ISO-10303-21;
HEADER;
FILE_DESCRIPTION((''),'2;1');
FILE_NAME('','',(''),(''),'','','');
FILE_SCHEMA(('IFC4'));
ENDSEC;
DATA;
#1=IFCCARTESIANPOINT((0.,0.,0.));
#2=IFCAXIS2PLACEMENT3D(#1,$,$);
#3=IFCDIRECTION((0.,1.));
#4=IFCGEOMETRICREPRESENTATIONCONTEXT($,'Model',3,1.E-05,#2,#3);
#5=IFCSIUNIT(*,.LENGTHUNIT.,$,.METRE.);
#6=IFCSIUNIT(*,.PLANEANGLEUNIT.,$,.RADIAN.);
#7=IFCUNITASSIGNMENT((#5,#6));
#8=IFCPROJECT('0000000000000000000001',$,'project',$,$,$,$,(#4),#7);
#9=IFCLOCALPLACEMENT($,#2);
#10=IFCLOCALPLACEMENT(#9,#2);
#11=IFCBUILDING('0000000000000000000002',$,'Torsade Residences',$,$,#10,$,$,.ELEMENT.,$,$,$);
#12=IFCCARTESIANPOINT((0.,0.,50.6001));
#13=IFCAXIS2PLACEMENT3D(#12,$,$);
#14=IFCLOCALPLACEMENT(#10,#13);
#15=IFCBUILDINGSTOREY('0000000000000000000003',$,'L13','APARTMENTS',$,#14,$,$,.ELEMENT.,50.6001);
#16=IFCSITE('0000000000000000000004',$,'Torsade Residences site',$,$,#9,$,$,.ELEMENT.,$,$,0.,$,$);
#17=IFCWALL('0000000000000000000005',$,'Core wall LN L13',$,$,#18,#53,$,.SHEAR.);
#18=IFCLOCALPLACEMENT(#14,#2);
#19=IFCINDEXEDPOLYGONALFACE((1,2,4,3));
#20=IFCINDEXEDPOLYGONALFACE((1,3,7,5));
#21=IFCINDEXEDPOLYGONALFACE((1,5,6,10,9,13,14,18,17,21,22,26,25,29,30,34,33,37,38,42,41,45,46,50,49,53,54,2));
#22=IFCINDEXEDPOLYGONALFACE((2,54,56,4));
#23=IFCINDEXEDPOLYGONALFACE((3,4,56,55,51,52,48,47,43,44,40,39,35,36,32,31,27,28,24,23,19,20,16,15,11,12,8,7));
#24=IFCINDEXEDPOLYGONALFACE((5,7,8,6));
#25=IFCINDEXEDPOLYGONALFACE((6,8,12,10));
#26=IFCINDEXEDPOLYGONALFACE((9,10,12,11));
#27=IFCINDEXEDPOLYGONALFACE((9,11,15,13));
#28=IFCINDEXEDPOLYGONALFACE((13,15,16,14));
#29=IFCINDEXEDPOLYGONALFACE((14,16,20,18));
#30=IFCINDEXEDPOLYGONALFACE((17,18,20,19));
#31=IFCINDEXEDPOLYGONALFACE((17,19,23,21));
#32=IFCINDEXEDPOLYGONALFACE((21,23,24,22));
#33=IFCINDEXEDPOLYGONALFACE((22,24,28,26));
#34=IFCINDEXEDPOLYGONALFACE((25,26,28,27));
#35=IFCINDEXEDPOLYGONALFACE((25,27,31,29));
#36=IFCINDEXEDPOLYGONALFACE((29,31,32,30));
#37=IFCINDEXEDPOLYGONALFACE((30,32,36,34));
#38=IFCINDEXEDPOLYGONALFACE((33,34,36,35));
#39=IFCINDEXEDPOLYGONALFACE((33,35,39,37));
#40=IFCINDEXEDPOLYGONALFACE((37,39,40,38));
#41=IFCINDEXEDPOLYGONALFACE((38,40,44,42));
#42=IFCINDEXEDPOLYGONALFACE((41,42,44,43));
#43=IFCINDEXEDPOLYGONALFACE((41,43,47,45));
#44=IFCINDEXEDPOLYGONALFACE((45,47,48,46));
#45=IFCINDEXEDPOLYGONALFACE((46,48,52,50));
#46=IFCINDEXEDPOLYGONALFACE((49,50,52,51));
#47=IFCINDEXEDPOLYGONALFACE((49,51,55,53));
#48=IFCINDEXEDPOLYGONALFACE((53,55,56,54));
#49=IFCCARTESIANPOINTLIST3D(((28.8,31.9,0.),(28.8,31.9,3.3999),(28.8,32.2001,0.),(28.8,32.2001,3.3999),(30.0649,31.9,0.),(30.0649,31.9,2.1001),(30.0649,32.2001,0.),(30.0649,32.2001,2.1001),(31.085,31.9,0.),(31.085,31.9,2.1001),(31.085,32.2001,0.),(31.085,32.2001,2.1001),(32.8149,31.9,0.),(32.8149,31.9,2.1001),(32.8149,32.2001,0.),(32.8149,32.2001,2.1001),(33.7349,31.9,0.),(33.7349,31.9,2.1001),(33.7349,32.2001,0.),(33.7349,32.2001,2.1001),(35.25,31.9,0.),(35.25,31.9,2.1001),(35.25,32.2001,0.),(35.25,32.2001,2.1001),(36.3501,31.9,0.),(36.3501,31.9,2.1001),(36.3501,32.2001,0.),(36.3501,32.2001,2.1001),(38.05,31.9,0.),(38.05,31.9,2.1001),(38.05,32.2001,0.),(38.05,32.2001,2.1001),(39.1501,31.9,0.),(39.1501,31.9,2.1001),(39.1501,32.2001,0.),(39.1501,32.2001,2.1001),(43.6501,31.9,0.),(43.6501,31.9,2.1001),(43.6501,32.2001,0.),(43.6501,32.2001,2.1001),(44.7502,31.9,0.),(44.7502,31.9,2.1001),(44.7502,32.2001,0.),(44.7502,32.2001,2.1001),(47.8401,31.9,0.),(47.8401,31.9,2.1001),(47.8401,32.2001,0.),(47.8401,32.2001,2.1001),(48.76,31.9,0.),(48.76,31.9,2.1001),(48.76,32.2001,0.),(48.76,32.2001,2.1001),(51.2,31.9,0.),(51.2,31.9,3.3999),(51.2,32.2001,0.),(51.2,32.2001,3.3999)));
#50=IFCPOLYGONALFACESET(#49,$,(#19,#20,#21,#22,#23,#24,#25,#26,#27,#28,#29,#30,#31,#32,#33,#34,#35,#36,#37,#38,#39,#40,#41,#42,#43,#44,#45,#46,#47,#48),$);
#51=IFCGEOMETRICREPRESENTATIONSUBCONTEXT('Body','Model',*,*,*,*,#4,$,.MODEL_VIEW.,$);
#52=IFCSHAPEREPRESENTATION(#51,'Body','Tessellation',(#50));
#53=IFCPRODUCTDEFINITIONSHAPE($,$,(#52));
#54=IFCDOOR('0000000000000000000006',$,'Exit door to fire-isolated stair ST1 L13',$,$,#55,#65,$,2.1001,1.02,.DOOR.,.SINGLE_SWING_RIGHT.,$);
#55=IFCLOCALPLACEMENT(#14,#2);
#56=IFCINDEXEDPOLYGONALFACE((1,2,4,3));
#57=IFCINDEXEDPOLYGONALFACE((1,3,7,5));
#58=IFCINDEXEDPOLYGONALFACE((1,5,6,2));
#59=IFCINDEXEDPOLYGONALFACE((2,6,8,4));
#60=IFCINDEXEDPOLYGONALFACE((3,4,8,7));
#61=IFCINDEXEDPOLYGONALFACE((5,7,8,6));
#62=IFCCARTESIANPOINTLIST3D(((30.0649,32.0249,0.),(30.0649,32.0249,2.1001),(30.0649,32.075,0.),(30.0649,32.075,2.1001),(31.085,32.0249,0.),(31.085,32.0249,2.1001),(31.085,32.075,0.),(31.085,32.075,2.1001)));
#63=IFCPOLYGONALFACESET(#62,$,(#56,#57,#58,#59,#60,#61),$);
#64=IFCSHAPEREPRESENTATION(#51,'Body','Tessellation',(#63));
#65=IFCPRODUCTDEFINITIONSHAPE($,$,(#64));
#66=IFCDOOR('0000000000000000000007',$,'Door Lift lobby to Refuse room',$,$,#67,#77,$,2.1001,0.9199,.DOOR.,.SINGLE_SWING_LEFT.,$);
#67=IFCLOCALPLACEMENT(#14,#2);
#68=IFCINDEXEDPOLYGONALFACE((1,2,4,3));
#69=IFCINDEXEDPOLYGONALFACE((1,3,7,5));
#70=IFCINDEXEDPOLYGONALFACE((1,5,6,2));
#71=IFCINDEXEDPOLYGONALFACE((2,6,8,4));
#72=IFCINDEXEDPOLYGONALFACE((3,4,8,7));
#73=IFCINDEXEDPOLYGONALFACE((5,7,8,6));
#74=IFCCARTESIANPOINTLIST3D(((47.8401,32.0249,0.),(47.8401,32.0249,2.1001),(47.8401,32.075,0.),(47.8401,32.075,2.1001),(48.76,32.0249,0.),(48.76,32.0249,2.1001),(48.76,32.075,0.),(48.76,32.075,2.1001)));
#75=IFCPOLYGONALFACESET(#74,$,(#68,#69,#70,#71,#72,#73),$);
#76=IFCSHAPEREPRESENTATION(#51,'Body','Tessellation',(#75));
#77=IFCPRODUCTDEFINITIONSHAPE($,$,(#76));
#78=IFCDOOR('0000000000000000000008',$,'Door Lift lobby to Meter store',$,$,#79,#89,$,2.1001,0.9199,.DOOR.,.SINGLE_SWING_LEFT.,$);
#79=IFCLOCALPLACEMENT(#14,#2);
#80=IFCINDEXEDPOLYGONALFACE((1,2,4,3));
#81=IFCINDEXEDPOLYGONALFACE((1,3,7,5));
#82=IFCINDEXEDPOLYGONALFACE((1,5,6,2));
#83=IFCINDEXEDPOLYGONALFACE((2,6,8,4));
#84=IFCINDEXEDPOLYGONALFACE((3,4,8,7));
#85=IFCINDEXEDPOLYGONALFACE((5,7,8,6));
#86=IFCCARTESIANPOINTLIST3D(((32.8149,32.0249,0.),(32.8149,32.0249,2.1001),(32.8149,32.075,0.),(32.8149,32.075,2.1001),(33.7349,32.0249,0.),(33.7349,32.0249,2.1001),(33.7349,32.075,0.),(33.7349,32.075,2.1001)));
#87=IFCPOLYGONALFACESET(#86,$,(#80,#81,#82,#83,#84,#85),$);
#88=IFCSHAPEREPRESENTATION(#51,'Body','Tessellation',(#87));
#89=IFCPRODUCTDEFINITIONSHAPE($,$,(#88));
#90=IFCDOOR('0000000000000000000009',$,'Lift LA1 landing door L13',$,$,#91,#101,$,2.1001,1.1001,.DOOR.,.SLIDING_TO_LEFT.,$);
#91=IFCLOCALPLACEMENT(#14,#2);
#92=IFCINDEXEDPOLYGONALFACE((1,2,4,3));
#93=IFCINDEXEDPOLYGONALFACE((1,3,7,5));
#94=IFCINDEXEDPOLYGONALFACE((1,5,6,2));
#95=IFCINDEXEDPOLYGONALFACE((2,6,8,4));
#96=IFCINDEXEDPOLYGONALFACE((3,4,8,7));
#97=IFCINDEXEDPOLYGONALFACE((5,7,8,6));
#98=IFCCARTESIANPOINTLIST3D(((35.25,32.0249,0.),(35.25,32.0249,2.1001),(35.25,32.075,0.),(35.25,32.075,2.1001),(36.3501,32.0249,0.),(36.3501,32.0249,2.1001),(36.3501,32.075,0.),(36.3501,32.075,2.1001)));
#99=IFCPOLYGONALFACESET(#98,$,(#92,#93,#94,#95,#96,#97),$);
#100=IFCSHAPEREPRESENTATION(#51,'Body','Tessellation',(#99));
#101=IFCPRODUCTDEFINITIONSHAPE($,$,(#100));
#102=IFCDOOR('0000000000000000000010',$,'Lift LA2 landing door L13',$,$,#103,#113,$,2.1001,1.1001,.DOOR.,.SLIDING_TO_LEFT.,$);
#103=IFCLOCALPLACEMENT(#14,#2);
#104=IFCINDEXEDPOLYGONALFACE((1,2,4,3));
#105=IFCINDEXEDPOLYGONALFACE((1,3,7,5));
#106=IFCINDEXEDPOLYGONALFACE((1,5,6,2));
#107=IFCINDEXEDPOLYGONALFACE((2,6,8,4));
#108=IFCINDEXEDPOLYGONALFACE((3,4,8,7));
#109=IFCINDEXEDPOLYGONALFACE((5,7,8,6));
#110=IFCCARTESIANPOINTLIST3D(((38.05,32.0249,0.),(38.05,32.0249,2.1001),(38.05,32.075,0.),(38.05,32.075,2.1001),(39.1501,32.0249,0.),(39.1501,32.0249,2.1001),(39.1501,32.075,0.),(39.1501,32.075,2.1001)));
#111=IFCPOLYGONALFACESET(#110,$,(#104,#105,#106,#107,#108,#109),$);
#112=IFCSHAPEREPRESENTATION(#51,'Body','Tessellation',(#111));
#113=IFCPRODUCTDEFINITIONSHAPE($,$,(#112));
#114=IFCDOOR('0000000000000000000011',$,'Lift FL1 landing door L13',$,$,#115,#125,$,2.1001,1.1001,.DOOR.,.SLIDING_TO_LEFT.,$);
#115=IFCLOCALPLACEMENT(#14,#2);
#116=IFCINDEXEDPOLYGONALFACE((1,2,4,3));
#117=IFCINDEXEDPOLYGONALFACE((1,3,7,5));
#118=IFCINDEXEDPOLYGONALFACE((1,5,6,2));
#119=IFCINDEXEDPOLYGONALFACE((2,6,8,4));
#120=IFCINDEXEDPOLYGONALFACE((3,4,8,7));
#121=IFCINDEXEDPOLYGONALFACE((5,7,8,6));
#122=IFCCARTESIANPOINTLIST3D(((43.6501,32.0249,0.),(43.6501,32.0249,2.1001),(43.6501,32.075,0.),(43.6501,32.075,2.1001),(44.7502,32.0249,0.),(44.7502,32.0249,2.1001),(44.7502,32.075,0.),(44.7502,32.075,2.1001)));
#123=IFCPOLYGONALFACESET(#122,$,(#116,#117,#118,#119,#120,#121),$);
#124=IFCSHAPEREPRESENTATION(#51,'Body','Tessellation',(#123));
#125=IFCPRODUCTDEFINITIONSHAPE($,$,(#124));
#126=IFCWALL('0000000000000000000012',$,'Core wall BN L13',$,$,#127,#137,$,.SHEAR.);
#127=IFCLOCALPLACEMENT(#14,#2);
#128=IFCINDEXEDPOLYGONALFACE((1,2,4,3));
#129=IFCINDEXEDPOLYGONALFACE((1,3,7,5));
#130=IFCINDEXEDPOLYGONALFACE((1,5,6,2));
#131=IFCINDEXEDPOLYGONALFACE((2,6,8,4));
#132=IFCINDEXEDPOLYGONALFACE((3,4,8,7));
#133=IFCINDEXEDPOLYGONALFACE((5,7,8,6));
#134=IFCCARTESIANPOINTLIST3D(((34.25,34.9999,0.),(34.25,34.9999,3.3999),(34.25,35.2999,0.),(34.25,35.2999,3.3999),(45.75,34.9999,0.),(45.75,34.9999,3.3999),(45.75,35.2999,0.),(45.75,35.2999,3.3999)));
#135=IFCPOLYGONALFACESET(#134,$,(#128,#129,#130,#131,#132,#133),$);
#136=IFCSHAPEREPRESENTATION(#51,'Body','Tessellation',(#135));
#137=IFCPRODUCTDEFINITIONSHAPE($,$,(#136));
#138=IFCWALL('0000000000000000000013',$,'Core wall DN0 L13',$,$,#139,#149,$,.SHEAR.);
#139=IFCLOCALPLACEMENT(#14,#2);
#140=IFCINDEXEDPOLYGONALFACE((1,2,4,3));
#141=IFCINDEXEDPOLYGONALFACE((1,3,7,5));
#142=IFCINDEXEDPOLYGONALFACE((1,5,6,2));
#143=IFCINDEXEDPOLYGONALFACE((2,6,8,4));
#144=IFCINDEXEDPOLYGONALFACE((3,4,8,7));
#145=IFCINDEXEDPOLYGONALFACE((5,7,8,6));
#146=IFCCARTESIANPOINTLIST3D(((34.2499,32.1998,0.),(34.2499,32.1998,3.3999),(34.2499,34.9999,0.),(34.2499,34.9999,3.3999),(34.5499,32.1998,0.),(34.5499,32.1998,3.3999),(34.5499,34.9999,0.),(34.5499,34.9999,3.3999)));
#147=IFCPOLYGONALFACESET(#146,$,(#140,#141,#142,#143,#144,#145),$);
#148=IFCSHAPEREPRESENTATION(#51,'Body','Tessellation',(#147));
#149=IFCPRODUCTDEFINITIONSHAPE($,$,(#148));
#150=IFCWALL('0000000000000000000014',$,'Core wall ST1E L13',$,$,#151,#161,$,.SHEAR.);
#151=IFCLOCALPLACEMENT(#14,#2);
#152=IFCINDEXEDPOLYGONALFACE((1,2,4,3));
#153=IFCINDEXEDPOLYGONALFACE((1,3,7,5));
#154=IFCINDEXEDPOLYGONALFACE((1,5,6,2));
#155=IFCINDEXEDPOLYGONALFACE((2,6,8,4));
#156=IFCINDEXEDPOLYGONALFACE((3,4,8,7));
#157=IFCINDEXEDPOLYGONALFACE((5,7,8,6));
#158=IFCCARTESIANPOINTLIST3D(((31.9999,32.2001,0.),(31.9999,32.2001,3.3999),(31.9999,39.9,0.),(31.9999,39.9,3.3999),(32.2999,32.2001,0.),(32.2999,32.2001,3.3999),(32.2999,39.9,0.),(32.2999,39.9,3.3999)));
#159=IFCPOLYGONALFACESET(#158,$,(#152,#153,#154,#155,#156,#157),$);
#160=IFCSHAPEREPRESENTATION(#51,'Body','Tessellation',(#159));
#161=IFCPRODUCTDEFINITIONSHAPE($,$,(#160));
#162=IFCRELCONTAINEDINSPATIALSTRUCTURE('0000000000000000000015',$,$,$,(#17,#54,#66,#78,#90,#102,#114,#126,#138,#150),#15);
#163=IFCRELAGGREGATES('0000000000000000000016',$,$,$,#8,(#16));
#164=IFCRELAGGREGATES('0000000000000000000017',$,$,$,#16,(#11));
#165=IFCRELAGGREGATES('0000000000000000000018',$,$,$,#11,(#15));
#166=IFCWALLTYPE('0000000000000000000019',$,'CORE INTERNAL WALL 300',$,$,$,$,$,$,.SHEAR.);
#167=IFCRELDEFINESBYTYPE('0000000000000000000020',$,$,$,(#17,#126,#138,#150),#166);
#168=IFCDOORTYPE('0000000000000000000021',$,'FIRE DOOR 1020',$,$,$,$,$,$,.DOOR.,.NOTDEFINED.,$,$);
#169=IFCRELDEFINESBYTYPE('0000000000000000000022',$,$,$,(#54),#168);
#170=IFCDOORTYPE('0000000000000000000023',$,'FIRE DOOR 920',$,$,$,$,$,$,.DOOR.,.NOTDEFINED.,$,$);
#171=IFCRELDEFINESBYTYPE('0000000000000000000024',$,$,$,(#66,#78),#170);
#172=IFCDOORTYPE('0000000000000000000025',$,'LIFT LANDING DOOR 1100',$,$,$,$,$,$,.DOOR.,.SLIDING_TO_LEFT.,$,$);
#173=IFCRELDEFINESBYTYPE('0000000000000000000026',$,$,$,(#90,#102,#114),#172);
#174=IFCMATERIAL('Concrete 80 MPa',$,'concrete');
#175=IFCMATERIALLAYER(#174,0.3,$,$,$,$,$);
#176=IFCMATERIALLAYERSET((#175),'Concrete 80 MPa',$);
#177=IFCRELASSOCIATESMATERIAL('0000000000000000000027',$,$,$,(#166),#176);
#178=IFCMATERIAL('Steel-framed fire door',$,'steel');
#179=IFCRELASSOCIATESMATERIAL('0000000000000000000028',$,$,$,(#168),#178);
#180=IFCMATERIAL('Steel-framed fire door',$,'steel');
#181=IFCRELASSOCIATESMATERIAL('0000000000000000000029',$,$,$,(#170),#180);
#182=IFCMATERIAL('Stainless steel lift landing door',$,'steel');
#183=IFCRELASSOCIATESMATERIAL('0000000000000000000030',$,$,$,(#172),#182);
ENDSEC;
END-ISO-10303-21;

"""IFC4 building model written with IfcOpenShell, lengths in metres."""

from ifc_helpers import new_model, si_unit, direction, frame, frame_2d, origin, place, context, subcontext, project, spatial, rectangle, extrude, material, layer, layer_set, type_object, element, fill, save


model = new_model("IFC4")

# Units and contexts
model_context = context("Model", 3, precision=1e-05, world=origin(), true_north=direction((0.0, 1.0)))
body_context = subcontext(model_context, "Body", "Model", "MODEL_VIEW")
ifc_project = project(units=[si_unit("LENGTHUNIT", "METRE"), si_unit("PLANEANGLEUNIT", "RADIAN")], contexts=[model_context])

# Site, building, storey
site_placement = place(None, origin())
site = spatial("IfcSite", under=ifc_project, at=site_placement, Name="Torsade Residences site", CompositionType="ELEMENT", RefElevation=0.0)
building_placement = place(site_placement, origin())
building = spatial("IfcBuilding", under=site, at=building_placement, Name="Torsade Residences", CompositionType="ELEMENT")
storey_placement = place(building_placement, frame((0.0, 0.0, 50.6001)))
storey = spatial("IfcBuildingStorey", under=building, at=storey_placement, Name="L13", Description="APARTMENTS", CompositionType="ELEMENT", Elevation=50.6001)

# Wall, openings, doors
ifc_material_1 = material(Name="Concrete 80 MPa", Category="concrete")
ifc_layer_1 = layer(ifc_material_1, 0.3)
ifc_layer_set_1 = layer_set([ifc_layer_1], Name="Concrete 80 MPa")
wall_type_1 = type_object("IfcWallType", Name="CORE INTERNAL WALL 300", PredefinedType="SHEAR", material=ifc_layer_set_1)
wall_1_placement = place(storey_placement, frame((28.8, 32.05, 0.0), z_axis=(0.0, 0.0, 1.0), x_axis=(1.0, 0.0, 0.0)))
wall_1 = element("IfcWall", 1, at=wall_1_placement, inside=storey, type_object=wall_type_1, Name="Core wall LN L13", PredefinedType="SHEAR", context=body_context, shape_type="SweptSolid", body=[
    extrude(rectangle(XDim=22.3999, YDim=0.3, at=frame_2d((11.2, 0.0))), origin(), (0.0, 0.0, 1.0), 3.3999),
])
opening_1_placement = place(wall_1_placement, frame((19.04, 0.0, 0.0)))
opening_1 = element("IfcOpeningElement", 2, at=opening_1_placement, cuts=wall_1, PredefinedType="OPENING", context=body_context, shape_type="SweptSolid", body=[
    extrude(rectangle(XDim=0.9199, YDim=2.1001, at=frame_2d((0.46, 1.05))), frame((0.0, 0.1599, 0.0), z_axis=(0.0, -1.0, 0.0), x_axis=(1.0, 0.0, 0.0)), (0.0, 0.0, 1.0), 0.3201),
])
opening_2_placement = place(wall_1_placement, frame((1.2649, 0.0, 0.0)))
opening_2 = element("IfcOpeningElement", 3, at=opening_2_placement, cuts=wall_1, PredefinedType="OPENING", context=body_context, shape_type="SweptSolid", body=[
    extrude(rectangle(XDim=1.02, YDim=2.1001, at=frame_2d((0.51, 1.05))), frame((0.0, 0.1599, 0.0), z_axis=(0.0, -1.0, 0.0), x_axis=(1.0, 0.0, 0.0)), (0.0, 0.0, 1.0), 0.3201),
])
opening_3_placement = place(wall_1_placement, frame((4.0149, 0.0, 0.0)))
opening_3 = element("IfcOpeningElement", 4, at=opening_3_placement, cuts=wall_1, PredefinedType="OPENING", context=body_context, shape_type="SweptSolid", body=[
    extrude(rectangle(XDim=0.9199, YDim=2.1001, at=frame_2d((0.46, 1.05))), frame((0.0, 0.1599, 0.0), z_axis=(0.0, -1.0, 0.0), x_axis=(1.0, 0.0, 0.0)), (0.0, 0.0, 1.0), 0.3201),
])
opening_4_placement = place(wall_1_placement, frame((6.45, 0.0, 0.0)))
opening_4 = element("IfcOpeningElement", 5, at=opening_4_placement, cuts=wall_1, PredefinedType="OPENING", context=body_context, shape_type="SweptSolid", body=[
    extrude(rectangle(XDim=1.1001, YDim=2.1001, at=frame_2d((0.55, 1.05))), frame((0.0, 0.1599, 0.0), z_axis=(0.0, -1.0, 0.0), x_axis=(1.0, 0.0, 0.0)), (0.0, 0.0, 1.0), 0.3201),
])
opening_5_placement = place(wall_1_placement, frame((9.25, 0.0, 0.0)))
opening_5 = element("IfcOpeningElement", 6, at=opening_5_placement, cuts=wall_1, PredefinedType="OPENING", context=body_context, shape_type="SweptSolid", body=[
    extrude(rectangle(XDim=1.1001, YDim=2.1001, at=frame_2d((0.55, 1.05))), frame((0.0, 0.1599, 0.0), z_axis=(0.0, -1.0, 0.0), x_axis=(1.0, 0.0, 0.0)), (0.0, 0.0, 1.0), 0.3201),
])
opening_6_placement = place(wall_1_placement, frame((14.8501, 0.0, 0.0)))
opening_6 = element("IfcOpeningElement", 7, at=opening_6_placement, cuts=wall_1, PredefinedType="OPENING", context=body_context, shape_type="SweptSolid", body=[
    extrude(rectangle(XDim=1.1001, YDim=2.1001, at=frame_2d((0.55, 1.05))), frame((0.0, 0.1599, 0.0), z_axis=(0.0, -1.0, 0.0), x_axis=(1.0, 0.0, 0.0)), (0.0, 0.0, 1.0), 0.3201),
])
ifc_material_2 = material(Name="Steel-framed fire door", Category="steel")
door_type_1 = type_object("IfcDoorType", Name="FIRE DOOR 1020", OperationType="NOTDEFINED", PredefinedType="DOOR", material=ifc_material_2)
door_1_placement = place(opening_2_placement, origin())
door_1 = element("IfcDoor", 8, at=door_1_placement, inside=storey, type_object=door_type_1, Name="Exit door to fire-isolated stair ST1 L13", OperationType="SINGLE_SWING_RIGHT", OverallHeight=2.1001, OverallWidth=1.02, PredefinedType="DOOR", context=body_context, shape_type="SweptSolid", body=[
    extrude(rectangle(XDim=1.02, YDim=2.1001, at=frame_2d((0.51, 1.05))), frame((0.0, 0.0249, 0.0), z_axis=(0.0, -1.0, 0.0), x_axis=(1.0, 0.0, 0.0)), (0.0, 0.0, 1.0), 0.05),
])
fill(opening_2, door_1)
ifc_material_3 = material(Name="Steel-framed fire door", Category="steel")
door_type_2 = type_object("IfcDoorType", Name="FIRE DOOR 920", OperationType="NOTDEFINED", PredefinedType="DOOR", material=ifc_material_3)
door_2_placement = place(opening_1_placement, origin())
door_2 = element("IfcDoor", 9, at=door_2_placement, inside=storey, type_object=door_type_2, Name="Door Lift lobby to Refuse room", OperationType="SINGLE_SWING_LEFT", OverallHeight=2.1001, OverallWidth=0.9199, PredefinedType="DOOR", context=body_context, shape_type="SweptSolid", body=[
    extrude(rectangle(XDim=0.9199, YDim=2.1001, at=frame_2d((0.46, 1.05))), frame((0.0, 0.0249, 0.0), z_axis=(0.0, -1.0, 0.0), x_axis=(1.0, 0.0, 0.0)), (0.0, 0.0, 1.0), 0.05),
])
fill(opening_1, door_2)
door_3_placement = place(opening_3_placement, origin())
door_3 = element("IfcDoor", 10, at=door_3_placement, inside=storey, type_object=door_type_2, Name="Door Lift lobby to Meter store", OperationType="SINGLE_SWING_LEFT", OverallHeight=2.1001, OverallWidth=0.9199, PredefinedType="DOOR", context=body_context, shape_type="SweptSolid", body=[
    extrude(rectangle(XDim=0.9199, YDim=2.1001, at=frame_2d((0.46, 1.05))), frame((0.0, 0.0249, 0.0), z_axis=(0.0, -1.0, 0.0), x_axis=(1.0, 0.0, 0.0)), (0.0, 0.0, 1.0), 0.05),
])
fill(opening_3, door_3)
ifc_material_4 = material(Name="Stainless steel lift landing door", Category="steel")
door_type_3 = type_object("IfcDoorType", Name="LIFT LANDING DOOR 1100", OperationType="SLIDING_TO_LEFT", PredefinedType="DOOR", material=ifc_material_4)
door_4_placement = place(opening_4_placement, origin())
door_4 = element("IfcDoor", 11, at=door_4_placement, inside=storey, type_object=door_type_3, Name="Lift LA1 landing door L13", OperationType="SLIDING_TO_LEFT", OverallHeight=2.1001, OverallWidth=1.1001, PredefinedType="DOOR", context=body_context, shape_type="SweptSolid", body=[
    extrude(rectangle(XDim=1.1001, YDim=2.1001, at=frame_2d((0.55, 1.05))), frame((0.0, 0.0249, 0.0), z_axis=(0.0, -1.0, 0.0), x_axis=(1.0, 0.0, 0.0)), (0.0, 0.0, 1.0), 0.05),
])
fill(opening_4, door_4)
door_5_placement = place(opening_5_placement, origin())
door_5 = element("IfcDoor", 12, at=door_5_placement, inside=storey, type_object=door_type_3, Name="Lift LA2 landing door L13", OperationType="SLIDING_TO_LEFT", OverallHeight=2.1001, OverallWidth=1.1001, PredefinedType="DOOR", context=body_context, shape_type="SweptSolid", body=[
    extrude(rectangle(XDim=1.1001, YDim=2.1001, at=frame_2d((0.55, 1.05))), frame((0.0, 0.0249, 0.0), z_axis=(0.0, -1.0, 0.0), x_axis=(1.0, 0.0, 0.0)), (0.0, 0.0, 1.0), 0.05),
])
fill(opening_5, door_5)
door_6_placement = place(opening_6_placement, origin())
door_6 = element("IfcDoor", 13, at=door_6_placement, inside=storey, type_object=door_type_3, Name="Lift FL1 landing door L13", OperationType="SLIDING_TO_LEFT", OverallHeight=2.1001, OverallWidth=1.1001, PredefinedType="DOOR", context=body_context, shape_type="SweptSolid", body=[
    extrude(rectangle(XDim=1.1001, YDim=2.1001, at=frame_2d((0.55, 1.05))), frame((0.0, 0.0249, 0.0), z_axis=(0.0, -1.0, 0.0), x_axis=(1.0, 0.0, 0.0)), (0.0, 0.0, 1.0), 0.05),
])
fill(opening_6, door_6)

# Walls
wall_2_placement = place(storey_placement, frame((34.25, 35.1499, 0.0), z_axis=(0.0, 0.0, 1.0), x_axis=(1.0, 0.0, 0.0)))
element("IfcWall", 14, at=wall_2_placement, inside=storey, type_object=wall_type_1, Name="Core wall BN L13", PredefinedType="SHEAR", context=body_context, shape_type="SweptSolid", body=[
    extrude(rectangle(XDim=11.5, YDim=0.3, at=frame_2d((5.75, 0.0))), origin(), (0.0, 0.0, 1.0), 3.3999),
])
wall_3_placement = place(storey_placement, frame((34.3999, 32.2, 0.0), z_axis=(0.0, 0.0, 1.0), x_axis=(0.0, 1.0, 0.0)))
element("IfcWall", 15, at=wall_3_placement, inside=storey, type_object=wall_type_1, Name="Core wall DN0 L13", PredefinedType="SHEAR", context=body_context, shape_type="SweptSolid", body=[
    extrude(rectangle(XDim=2.8, YDim=0.3, at=frame_2d((1.3999, 0.0))), origin(), (0.0, 0.0, 1.0), 3.3999),
])
wall_4_placement = place(storey_placement, frame((32.1499, 32.2, 0.0), z_axis=(0.0, 0.0, 1.0), x_axis=(0.0, 1.0, 0.0)))
element("IfcWall", 16, at=wall_4_placement, inside=storey, type_object=wall_type_1, Name="Core wall ST1E L13", PredefinedType="SHEAR", context=body_context, shape_type="SweptSolid", body=[
    extrude(rectangle(XDim=7.7, YDim=0.3, at=frame_2d((3.8501, 0.0))), origin(), (0.0, 0.0, 1.0), 3.3999),
])

save(model, "model.ifc")
